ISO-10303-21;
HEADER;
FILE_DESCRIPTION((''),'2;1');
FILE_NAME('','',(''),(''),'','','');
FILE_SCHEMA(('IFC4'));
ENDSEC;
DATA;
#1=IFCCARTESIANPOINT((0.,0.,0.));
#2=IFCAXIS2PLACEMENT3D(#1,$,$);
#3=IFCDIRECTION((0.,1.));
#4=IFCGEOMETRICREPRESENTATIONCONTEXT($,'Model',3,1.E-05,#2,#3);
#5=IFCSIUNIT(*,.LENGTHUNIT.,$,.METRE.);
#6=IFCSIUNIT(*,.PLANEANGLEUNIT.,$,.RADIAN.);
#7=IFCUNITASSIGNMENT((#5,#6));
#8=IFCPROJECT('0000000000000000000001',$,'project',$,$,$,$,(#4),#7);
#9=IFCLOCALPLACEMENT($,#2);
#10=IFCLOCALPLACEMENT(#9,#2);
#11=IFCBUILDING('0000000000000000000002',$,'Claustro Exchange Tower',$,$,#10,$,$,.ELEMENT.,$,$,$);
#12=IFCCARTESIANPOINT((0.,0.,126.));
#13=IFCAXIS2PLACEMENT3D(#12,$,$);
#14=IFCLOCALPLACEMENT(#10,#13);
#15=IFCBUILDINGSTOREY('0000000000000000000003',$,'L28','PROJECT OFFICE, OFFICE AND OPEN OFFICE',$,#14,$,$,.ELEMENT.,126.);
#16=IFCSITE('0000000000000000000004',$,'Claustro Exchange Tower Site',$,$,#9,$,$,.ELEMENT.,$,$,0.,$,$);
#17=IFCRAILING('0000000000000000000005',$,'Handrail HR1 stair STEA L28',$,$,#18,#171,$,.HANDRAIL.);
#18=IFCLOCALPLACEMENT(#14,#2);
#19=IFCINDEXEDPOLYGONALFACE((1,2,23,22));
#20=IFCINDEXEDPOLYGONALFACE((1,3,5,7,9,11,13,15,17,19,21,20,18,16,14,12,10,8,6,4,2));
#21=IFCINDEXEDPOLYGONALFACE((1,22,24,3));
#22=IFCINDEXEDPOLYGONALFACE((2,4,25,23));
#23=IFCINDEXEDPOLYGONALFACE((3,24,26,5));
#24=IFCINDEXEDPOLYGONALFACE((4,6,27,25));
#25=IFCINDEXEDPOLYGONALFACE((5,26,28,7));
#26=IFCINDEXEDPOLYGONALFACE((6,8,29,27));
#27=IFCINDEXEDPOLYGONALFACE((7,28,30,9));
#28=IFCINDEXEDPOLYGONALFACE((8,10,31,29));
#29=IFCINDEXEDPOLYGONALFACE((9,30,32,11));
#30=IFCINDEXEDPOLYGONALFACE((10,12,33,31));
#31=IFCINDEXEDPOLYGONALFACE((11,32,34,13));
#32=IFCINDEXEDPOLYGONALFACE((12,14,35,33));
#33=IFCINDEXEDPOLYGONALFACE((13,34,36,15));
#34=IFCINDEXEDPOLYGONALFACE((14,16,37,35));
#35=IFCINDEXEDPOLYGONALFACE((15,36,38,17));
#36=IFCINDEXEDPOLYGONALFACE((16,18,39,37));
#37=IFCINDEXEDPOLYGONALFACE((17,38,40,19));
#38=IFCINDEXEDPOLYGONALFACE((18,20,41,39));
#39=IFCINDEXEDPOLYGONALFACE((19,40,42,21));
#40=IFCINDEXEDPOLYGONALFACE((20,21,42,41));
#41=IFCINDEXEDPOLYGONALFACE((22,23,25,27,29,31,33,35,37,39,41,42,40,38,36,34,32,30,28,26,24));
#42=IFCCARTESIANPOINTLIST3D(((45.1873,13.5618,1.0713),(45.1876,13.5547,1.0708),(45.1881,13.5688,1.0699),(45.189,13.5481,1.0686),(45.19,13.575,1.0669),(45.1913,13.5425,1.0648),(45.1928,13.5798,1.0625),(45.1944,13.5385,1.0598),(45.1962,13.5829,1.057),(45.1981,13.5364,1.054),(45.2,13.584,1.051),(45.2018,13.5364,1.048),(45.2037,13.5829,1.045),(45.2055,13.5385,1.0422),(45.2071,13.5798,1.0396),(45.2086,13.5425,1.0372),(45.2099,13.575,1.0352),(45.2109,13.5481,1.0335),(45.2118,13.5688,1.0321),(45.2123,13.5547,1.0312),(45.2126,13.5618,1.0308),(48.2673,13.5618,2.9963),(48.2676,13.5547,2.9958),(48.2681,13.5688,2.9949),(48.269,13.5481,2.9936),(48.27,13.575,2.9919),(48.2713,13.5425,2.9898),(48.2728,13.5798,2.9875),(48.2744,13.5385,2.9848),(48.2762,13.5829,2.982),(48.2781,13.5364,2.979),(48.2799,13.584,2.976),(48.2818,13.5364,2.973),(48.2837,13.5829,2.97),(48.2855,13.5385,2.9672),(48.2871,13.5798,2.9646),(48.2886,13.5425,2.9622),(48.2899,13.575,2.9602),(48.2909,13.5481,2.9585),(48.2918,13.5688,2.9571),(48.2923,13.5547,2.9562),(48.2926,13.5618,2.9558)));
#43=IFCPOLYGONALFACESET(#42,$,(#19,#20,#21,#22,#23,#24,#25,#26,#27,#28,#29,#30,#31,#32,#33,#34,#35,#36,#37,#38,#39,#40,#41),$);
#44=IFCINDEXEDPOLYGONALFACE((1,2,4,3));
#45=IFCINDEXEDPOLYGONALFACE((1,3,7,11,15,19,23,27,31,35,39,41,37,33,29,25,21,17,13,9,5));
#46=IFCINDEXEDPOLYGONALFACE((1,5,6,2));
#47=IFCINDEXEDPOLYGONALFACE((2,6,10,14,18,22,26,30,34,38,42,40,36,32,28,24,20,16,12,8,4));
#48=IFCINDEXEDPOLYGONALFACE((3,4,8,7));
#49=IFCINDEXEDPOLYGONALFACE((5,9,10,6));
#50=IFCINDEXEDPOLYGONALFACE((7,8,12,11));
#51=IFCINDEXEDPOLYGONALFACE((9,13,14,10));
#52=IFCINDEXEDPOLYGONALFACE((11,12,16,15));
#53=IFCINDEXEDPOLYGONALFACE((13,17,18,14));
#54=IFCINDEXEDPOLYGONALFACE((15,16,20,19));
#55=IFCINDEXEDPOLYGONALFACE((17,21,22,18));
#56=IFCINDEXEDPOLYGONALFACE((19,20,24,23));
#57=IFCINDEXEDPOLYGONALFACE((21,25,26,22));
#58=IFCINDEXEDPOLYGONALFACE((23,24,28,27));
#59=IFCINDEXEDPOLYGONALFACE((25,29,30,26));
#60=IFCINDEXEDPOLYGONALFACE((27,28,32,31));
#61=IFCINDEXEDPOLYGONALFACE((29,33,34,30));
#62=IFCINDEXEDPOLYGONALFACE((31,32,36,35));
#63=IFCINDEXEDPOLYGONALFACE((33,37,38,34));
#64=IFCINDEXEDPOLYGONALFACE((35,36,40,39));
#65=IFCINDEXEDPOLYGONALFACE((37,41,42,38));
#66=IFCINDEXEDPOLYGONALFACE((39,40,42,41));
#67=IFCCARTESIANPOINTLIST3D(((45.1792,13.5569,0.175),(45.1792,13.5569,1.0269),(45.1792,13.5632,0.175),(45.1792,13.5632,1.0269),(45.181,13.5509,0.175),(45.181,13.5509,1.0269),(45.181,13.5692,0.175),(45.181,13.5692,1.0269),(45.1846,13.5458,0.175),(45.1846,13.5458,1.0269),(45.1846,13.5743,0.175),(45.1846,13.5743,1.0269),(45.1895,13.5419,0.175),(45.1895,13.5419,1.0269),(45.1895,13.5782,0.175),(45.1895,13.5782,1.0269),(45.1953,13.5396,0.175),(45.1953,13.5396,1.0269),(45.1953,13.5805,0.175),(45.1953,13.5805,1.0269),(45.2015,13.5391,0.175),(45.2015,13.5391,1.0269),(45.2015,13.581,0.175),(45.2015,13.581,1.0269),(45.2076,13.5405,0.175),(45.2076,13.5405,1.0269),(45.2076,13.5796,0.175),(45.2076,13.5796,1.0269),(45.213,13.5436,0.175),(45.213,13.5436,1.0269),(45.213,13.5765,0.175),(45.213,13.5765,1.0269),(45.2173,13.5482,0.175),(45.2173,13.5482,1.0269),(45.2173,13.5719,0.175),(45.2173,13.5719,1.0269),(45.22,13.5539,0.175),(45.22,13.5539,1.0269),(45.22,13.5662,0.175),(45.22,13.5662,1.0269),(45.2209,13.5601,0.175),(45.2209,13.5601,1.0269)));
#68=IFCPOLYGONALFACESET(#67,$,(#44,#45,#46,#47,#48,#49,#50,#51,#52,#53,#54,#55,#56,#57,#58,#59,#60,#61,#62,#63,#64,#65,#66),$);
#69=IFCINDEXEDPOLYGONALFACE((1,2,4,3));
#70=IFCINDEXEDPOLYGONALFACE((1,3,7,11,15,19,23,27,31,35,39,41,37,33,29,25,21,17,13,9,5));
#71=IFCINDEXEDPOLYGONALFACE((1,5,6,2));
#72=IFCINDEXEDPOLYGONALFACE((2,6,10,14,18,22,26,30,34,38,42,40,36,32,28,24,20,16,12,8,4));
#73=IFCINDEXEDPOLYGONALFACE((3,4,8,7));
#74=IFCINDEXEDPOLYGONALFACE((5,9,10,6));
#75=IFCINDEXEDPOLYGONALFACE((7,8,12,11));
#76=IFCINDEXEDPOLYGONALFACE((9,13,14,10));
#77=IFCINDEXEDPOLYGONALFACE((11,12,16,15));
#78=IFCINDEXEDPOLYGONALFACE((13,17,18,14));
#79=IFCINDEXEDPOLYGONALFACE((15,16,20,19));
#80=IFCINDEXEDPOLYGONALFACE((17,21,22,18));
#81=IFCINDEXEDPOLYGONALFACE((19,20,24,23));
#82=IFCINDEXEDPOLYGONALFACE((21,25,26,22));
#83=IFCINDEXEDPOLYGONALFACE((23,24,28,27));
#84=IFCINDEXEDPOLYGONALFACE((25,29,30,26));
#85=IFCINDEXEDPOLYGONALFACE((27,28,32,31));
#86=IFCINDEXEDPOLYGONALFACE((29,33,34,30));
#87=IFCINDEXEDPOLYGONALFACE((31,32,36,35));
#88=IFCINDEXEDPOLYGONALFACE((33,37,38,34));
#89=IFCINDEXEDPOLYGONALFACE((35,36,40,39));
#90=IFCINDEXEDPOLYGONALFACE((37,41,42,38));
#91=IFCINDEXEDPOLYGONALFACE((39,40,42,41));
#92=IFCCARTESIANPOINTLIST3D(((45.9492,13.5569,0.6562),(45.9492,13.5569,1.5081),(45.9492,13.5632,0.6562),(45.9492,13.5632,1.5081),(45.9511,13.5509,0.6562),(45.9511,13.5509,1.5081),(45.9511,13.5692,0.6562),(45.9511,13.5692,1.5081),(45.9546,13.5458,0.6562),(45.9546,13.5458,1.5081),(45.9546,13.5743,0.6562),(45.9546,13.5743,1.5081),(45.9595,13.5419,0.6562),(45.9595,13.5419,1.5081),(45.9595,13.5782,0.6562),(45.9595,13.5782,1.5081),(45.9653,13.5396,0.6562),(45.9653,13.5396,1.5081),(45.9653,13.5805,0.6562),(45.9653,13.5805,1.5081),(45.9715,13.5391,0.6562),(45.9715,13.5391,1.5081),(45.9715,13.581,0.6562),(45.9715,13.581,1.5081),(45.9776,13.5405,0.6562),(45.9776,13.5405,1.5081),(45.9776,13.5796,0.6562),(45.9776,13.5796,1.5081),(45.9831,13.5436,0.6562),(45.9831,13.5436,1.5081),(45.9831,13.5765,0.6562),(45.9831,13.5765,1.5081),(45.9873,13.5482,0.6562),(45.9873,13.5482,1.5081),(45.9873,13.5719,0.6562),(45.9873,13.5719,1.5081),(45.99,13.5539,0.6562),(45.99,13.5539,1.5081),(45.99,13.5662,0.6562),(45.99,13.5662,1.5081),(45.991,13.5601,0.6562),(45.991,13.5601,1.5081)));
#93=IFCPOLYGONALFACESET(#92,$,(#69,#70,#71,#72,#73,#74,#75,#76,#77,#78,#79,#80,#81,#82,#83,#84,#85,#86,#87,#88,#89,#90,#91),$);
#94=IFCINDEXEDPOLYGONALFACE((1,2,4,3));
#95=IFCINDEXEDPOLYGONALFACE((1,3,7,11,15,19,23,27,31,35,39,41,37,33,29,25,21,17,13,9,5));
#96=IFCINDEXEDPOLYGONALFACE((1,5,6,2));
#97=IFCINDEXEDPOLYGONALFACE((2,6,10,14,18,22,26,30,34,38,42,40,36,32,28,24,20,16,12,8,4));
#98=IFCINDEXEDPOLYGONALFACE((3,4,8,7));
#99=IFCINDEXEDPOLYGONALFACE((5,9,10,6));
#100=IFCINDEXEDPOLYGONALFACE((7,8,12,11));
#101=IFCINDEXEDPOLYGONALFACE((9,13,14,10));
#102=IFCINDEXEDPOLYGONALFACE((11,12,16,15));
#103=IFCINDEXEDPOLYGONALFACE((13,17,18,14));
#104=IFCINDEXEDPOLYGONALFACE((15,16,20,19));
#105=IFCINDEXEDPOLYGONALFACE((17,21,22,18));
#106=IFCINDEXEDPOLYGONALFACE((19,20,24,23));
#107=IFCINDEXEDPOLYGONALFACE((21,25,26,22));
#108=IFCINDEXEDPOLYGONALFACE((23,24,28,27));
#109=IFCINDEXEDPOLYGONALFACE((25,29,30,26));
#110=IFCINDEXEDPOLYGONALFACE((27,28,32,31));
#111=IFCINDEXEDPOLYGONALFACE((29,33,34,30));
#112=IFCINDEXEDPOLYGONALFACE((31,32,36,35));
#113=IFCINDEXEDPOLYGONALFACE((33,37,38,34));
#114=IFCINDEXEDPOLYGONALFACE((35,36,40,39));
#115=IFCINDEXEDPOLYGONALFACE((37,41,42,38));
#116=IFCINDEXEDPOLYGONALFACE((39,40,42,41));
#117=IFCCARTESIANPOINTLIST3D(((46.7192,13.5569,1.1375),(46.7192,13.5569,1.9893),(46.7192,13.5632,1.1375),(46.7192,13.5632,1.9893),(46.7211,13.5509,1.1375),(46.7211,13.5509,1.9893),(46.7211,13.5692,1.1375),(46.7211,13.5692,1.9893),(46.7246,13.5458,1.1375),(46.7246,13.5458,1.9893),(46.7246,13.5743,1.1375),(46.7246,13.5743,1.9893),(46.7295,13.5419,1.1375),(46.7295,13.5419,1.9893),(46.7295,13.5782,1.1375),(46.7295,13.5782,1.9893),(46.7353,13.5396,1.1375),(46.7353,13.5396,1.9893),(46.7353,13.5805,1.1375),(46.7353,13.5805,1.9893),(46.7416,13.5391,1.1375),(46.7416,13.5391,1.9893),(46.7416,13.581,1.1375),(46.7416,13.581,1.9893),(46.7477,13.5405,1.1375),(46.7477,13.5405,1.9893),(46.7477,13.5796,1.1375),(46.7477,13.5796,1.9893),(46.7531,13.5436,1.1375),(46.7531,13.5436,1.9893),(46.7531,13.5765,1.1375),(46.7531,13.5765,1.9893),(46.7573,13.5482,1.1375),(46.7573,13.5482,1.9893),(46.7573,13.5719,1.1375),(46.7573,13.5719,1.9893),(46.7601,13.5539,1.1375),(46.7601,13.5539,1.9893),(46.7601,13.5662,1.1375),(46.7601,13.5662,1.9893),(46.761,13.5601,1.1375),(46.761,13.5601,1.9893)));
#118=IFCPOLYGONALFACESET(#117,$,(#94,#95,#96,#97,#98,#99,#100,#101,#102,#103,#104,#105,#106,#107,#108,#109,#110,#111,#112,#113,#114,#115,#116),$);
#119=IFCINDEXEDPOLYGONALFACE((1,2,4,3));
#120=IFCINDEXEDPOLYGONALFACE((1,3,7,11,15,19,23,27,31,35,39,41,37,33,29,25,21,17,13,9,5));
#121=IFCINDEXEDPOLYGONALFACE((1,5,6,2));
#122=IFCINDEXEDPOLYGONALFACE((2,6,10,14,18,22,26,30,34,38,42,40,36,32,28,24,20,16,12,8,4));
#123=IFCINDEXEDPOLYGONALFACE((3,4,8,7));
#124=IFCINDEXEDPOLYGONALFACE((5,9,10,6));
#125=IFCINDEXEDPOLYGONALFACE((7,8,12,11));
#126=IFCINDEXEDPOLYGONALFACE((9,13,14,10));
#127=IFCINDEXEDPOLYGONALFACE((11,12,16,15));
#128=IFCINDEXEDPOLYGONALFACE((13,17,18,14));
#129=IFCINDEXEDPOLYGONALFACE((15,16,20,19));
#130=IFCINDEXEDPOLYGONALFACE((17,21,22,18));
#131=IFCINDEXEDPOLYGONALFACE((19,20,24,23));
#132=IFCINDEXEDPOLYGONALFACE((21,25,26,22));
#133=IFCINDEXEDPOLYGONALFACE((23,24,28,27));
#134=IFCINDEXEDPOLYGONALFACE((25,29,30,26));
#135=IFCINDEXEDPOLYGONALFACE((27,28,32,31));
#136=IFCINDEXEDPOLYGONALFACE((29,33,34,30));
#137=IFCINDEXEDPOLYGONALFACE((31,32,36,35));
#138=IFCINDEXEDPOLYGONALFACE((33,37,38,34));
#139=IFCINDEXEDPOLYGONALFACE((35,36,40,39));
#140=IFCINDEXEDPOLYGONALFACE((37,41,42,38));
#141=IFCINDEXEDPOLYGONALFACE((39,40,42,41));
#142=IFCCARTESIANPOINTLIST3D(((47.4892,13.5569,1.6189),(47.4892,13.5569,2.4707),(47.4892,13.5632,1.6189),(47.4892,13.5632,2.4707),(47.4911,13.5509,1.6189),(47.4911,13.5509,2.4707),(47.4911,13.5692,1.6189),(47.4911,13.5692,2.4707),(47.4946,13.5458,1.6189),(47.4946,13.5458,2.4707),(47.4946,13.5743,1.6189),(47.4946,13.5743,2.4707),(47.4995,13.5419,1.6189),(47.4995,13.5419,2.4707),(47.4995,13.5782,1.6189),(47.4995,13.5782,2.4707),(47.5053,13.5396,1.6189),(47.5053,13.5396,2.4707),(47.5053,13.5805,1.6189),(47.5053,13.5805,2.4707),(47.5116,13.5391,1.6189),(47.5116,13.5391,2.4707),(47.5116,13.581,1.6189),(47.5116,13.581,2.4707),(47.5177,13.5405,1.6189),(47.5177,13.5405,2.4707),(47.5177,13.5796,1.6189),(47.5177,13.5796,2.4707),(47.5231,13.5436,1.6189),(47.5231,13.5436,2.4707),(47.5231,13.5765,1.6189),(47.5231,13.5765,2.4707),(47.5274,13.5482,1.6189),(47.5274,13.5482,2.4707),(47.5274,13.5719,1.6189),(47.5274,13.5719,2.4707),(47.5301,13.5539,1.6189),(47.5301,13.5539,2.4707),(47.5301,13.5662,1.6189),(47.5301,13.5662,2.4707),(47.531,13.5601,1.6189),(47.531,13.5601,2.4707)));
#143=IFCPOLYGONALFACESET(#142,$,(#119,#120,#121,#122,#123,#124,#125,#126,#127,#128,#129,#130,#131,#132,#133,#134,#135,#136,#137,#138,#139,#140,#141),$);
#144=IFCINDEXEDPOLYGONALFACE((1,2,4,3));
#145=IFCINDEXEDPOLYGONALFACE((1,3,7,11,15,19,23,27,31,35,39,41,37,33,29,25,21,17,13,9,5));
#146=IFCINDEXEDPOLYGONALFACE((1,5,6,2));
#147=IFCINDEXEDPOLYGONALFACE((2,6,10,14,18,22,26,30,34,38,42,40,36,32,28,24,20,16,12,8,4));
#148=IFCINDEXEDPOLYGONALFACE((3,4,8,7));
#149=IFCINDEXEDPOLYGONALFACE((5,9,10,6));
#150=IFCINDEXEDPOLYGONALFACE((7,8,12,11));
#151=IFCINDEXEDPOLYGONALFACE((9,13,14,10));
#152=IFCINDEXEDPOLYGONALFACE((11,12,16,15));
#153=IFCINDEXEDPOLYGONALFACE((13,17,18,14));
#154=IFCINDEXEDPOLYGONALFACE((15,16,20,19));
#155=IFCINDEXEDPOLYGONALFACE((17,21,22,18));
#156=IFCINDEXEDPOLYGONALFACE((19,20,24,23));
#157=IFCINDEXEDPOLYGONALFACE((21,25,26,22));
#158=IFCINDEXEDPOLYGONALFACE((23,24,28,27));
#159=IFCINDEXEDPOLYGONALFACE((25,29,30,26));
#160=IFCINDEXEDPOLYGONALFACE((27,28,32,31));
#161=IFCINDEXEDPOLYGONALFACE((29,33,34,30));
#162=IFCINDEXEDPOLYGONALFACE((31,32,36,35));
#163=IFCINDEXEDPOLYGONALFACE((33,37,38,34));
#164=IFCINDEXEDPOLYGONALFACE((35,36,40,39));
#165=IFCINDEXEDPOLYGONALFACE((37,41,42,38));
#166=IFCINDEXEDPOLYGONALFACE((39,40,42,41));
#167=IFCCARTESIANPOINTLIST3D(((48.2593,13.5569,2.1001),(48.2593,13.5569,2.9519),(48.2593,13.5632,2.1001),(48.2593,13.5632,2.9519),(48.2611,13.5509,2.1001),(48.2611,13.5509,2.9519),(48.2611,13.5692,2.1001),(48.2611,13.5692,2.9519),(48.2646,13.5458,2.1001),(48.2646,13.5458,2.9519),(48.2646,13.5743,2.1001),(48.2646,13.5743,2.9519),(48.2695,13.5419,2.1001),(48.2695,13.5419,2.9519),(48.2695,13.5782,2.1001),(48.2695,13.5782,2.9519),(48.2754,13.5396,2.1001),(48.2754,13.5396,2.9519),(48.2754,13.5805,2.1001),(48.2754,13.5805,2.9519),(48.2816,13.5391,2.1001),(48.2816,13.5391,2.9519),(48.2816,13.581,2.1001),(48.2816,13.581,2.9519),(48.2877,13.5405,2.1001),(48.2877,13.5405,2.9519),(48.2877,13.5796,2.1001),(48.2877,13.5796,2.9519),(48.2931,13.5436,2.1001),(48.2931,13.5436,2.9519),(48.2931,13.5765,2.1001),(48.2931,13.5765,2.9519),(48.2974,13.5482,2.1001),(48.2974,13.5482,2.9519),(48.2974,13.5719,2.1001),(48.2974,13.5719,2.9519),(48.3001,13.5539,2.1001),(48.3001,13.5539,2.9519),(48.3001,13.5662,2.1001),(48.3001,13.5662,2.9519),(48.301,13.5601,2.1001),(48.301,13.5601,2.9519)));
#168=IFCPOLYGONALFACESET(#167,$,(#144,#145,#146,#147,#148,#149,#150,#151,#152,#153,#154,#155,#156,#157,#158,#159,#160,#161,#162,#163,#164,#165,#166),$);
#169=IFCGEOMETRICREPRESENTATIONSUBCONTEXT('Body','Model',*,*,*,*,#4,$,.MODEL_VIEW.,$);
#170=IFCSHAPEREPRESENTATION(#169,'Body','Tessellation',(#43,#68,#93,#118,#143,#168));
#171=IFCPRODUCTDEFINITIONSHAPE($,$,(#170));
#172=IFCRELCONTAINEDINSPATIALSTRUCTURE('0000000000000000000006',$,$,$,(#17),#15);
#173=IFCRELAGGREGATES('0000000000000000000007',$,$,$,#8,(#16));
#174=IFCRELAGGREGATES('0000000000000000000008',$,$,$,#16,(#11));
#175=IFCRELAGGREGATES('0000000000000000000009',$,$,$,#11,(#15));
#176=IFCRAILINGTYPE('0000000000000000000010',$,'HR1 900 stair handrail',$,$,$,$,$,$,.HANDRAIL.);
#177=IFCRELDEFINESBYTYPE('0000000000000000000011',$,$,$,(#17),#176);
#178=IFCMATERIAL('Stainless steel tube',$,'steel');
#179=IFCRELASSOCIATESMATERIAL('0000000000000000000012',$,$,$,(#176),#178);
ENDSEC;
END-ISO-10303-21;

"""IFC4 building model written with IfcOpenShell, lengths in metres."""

from ifc_helpers import new_model, si_unit, direction, frame, origin, origin_2d, place, context, subcontext, project, spatial, circle, extrude, material, type_object, element, save


model = new_model("IFC4")

# Units and contexts
model_context = context("Model", 3, precision=1e-05, world=origin(), true_north=direction((0.0, 1.0)))
body_context = subcontext(model_context, "Body", "Model", "MODEL_VIEW")
ifc_project = project(units=[si_unit("LENGTHUNIT", "METRE"), si_unit("PLANEANGLEUNIT", "RADIAN")], contexts=[model_context])

# Site, building, storey
site_placement = place(None, origin())
site = spatial("IfcSite", under=ifc_project, at=site_placement, Name="Claustro Exchange Tower Site", CompositionType="ELEMENT", RefElevation=0.0)
building_placement = place(site_placement, origin())
building = spatial("IfcBuilding", under=site, at=building_placement, Name="Claustro Exchange Tower", CompositionType="ELEMENT")
storey_placement = place(building_placement, frame((0.0, 0.0, 126.0)))
storey = spatial("IfcBuildingStorey", under=building, at=storey_placement, Name="L28", Description="PROJECT OFFICE, OFFICE AND OPEN OFFICE", CompositionType="ELEMENT", Elevation=126.0)

# Railing
ifc_material_1 = material(Name="Stainless steel tube", Category="steel")
railing_type_1 = type_object("IfcRailingType", Name="HR1 900 stair handrail", PredefinedType="HANDRAIL", material=ifc_material_1)
railing_1_placement = place(storey_placement, frame((45.2, 13.5601, 0.175)))
element("IfcRailing", 1, at=railing_1_placement, inside=storey, type_object=railing_type_1, Name="Handrail HR1 stair STEA L28", PredefinedType="HANDRAIL", context=body_context, shape_type="SweptSolid", body=[
    extrude(circle(Radius=0.0239, at=origin_2d()), frame((0.0, 0.0, 0.876), z_axis=(0.847998, 0.0, 0.529999), x_axis=(0.0, 1.0, 0.0)), (0.0, 0.0, 1.0), 3.6321),
    extrude(circle(Radius=0.021, at=origin_2d()), origin(), (0.0, 0.0, 1.0), 0.8518),
    extrude(circle(Radius=0.021, at=origin_2d()), frame((0.77, 0.0, 0.4812)), (0.0, 0.0, 1.0), 0.8518),
    extrude(circle(Radius=0.021, at=origin_2d()), frame((1.54, 0.0, 0.9624)), (0.0, 0.0, 1.0), 0.8518),
    extrude(circle(Radius=0.021, at=origin_2d()), frame((2.3101, 0.0, 1.4438)), (0.0, 0.0, 1.0), 0.8518),
    extrude(circle(Radius=0.021, at=origin_2d()), frame((3.0801, 0.0, 1.925)), (0.0, 0.0, 1.0), 0.8518),
])

save(model, "model.ifc")
